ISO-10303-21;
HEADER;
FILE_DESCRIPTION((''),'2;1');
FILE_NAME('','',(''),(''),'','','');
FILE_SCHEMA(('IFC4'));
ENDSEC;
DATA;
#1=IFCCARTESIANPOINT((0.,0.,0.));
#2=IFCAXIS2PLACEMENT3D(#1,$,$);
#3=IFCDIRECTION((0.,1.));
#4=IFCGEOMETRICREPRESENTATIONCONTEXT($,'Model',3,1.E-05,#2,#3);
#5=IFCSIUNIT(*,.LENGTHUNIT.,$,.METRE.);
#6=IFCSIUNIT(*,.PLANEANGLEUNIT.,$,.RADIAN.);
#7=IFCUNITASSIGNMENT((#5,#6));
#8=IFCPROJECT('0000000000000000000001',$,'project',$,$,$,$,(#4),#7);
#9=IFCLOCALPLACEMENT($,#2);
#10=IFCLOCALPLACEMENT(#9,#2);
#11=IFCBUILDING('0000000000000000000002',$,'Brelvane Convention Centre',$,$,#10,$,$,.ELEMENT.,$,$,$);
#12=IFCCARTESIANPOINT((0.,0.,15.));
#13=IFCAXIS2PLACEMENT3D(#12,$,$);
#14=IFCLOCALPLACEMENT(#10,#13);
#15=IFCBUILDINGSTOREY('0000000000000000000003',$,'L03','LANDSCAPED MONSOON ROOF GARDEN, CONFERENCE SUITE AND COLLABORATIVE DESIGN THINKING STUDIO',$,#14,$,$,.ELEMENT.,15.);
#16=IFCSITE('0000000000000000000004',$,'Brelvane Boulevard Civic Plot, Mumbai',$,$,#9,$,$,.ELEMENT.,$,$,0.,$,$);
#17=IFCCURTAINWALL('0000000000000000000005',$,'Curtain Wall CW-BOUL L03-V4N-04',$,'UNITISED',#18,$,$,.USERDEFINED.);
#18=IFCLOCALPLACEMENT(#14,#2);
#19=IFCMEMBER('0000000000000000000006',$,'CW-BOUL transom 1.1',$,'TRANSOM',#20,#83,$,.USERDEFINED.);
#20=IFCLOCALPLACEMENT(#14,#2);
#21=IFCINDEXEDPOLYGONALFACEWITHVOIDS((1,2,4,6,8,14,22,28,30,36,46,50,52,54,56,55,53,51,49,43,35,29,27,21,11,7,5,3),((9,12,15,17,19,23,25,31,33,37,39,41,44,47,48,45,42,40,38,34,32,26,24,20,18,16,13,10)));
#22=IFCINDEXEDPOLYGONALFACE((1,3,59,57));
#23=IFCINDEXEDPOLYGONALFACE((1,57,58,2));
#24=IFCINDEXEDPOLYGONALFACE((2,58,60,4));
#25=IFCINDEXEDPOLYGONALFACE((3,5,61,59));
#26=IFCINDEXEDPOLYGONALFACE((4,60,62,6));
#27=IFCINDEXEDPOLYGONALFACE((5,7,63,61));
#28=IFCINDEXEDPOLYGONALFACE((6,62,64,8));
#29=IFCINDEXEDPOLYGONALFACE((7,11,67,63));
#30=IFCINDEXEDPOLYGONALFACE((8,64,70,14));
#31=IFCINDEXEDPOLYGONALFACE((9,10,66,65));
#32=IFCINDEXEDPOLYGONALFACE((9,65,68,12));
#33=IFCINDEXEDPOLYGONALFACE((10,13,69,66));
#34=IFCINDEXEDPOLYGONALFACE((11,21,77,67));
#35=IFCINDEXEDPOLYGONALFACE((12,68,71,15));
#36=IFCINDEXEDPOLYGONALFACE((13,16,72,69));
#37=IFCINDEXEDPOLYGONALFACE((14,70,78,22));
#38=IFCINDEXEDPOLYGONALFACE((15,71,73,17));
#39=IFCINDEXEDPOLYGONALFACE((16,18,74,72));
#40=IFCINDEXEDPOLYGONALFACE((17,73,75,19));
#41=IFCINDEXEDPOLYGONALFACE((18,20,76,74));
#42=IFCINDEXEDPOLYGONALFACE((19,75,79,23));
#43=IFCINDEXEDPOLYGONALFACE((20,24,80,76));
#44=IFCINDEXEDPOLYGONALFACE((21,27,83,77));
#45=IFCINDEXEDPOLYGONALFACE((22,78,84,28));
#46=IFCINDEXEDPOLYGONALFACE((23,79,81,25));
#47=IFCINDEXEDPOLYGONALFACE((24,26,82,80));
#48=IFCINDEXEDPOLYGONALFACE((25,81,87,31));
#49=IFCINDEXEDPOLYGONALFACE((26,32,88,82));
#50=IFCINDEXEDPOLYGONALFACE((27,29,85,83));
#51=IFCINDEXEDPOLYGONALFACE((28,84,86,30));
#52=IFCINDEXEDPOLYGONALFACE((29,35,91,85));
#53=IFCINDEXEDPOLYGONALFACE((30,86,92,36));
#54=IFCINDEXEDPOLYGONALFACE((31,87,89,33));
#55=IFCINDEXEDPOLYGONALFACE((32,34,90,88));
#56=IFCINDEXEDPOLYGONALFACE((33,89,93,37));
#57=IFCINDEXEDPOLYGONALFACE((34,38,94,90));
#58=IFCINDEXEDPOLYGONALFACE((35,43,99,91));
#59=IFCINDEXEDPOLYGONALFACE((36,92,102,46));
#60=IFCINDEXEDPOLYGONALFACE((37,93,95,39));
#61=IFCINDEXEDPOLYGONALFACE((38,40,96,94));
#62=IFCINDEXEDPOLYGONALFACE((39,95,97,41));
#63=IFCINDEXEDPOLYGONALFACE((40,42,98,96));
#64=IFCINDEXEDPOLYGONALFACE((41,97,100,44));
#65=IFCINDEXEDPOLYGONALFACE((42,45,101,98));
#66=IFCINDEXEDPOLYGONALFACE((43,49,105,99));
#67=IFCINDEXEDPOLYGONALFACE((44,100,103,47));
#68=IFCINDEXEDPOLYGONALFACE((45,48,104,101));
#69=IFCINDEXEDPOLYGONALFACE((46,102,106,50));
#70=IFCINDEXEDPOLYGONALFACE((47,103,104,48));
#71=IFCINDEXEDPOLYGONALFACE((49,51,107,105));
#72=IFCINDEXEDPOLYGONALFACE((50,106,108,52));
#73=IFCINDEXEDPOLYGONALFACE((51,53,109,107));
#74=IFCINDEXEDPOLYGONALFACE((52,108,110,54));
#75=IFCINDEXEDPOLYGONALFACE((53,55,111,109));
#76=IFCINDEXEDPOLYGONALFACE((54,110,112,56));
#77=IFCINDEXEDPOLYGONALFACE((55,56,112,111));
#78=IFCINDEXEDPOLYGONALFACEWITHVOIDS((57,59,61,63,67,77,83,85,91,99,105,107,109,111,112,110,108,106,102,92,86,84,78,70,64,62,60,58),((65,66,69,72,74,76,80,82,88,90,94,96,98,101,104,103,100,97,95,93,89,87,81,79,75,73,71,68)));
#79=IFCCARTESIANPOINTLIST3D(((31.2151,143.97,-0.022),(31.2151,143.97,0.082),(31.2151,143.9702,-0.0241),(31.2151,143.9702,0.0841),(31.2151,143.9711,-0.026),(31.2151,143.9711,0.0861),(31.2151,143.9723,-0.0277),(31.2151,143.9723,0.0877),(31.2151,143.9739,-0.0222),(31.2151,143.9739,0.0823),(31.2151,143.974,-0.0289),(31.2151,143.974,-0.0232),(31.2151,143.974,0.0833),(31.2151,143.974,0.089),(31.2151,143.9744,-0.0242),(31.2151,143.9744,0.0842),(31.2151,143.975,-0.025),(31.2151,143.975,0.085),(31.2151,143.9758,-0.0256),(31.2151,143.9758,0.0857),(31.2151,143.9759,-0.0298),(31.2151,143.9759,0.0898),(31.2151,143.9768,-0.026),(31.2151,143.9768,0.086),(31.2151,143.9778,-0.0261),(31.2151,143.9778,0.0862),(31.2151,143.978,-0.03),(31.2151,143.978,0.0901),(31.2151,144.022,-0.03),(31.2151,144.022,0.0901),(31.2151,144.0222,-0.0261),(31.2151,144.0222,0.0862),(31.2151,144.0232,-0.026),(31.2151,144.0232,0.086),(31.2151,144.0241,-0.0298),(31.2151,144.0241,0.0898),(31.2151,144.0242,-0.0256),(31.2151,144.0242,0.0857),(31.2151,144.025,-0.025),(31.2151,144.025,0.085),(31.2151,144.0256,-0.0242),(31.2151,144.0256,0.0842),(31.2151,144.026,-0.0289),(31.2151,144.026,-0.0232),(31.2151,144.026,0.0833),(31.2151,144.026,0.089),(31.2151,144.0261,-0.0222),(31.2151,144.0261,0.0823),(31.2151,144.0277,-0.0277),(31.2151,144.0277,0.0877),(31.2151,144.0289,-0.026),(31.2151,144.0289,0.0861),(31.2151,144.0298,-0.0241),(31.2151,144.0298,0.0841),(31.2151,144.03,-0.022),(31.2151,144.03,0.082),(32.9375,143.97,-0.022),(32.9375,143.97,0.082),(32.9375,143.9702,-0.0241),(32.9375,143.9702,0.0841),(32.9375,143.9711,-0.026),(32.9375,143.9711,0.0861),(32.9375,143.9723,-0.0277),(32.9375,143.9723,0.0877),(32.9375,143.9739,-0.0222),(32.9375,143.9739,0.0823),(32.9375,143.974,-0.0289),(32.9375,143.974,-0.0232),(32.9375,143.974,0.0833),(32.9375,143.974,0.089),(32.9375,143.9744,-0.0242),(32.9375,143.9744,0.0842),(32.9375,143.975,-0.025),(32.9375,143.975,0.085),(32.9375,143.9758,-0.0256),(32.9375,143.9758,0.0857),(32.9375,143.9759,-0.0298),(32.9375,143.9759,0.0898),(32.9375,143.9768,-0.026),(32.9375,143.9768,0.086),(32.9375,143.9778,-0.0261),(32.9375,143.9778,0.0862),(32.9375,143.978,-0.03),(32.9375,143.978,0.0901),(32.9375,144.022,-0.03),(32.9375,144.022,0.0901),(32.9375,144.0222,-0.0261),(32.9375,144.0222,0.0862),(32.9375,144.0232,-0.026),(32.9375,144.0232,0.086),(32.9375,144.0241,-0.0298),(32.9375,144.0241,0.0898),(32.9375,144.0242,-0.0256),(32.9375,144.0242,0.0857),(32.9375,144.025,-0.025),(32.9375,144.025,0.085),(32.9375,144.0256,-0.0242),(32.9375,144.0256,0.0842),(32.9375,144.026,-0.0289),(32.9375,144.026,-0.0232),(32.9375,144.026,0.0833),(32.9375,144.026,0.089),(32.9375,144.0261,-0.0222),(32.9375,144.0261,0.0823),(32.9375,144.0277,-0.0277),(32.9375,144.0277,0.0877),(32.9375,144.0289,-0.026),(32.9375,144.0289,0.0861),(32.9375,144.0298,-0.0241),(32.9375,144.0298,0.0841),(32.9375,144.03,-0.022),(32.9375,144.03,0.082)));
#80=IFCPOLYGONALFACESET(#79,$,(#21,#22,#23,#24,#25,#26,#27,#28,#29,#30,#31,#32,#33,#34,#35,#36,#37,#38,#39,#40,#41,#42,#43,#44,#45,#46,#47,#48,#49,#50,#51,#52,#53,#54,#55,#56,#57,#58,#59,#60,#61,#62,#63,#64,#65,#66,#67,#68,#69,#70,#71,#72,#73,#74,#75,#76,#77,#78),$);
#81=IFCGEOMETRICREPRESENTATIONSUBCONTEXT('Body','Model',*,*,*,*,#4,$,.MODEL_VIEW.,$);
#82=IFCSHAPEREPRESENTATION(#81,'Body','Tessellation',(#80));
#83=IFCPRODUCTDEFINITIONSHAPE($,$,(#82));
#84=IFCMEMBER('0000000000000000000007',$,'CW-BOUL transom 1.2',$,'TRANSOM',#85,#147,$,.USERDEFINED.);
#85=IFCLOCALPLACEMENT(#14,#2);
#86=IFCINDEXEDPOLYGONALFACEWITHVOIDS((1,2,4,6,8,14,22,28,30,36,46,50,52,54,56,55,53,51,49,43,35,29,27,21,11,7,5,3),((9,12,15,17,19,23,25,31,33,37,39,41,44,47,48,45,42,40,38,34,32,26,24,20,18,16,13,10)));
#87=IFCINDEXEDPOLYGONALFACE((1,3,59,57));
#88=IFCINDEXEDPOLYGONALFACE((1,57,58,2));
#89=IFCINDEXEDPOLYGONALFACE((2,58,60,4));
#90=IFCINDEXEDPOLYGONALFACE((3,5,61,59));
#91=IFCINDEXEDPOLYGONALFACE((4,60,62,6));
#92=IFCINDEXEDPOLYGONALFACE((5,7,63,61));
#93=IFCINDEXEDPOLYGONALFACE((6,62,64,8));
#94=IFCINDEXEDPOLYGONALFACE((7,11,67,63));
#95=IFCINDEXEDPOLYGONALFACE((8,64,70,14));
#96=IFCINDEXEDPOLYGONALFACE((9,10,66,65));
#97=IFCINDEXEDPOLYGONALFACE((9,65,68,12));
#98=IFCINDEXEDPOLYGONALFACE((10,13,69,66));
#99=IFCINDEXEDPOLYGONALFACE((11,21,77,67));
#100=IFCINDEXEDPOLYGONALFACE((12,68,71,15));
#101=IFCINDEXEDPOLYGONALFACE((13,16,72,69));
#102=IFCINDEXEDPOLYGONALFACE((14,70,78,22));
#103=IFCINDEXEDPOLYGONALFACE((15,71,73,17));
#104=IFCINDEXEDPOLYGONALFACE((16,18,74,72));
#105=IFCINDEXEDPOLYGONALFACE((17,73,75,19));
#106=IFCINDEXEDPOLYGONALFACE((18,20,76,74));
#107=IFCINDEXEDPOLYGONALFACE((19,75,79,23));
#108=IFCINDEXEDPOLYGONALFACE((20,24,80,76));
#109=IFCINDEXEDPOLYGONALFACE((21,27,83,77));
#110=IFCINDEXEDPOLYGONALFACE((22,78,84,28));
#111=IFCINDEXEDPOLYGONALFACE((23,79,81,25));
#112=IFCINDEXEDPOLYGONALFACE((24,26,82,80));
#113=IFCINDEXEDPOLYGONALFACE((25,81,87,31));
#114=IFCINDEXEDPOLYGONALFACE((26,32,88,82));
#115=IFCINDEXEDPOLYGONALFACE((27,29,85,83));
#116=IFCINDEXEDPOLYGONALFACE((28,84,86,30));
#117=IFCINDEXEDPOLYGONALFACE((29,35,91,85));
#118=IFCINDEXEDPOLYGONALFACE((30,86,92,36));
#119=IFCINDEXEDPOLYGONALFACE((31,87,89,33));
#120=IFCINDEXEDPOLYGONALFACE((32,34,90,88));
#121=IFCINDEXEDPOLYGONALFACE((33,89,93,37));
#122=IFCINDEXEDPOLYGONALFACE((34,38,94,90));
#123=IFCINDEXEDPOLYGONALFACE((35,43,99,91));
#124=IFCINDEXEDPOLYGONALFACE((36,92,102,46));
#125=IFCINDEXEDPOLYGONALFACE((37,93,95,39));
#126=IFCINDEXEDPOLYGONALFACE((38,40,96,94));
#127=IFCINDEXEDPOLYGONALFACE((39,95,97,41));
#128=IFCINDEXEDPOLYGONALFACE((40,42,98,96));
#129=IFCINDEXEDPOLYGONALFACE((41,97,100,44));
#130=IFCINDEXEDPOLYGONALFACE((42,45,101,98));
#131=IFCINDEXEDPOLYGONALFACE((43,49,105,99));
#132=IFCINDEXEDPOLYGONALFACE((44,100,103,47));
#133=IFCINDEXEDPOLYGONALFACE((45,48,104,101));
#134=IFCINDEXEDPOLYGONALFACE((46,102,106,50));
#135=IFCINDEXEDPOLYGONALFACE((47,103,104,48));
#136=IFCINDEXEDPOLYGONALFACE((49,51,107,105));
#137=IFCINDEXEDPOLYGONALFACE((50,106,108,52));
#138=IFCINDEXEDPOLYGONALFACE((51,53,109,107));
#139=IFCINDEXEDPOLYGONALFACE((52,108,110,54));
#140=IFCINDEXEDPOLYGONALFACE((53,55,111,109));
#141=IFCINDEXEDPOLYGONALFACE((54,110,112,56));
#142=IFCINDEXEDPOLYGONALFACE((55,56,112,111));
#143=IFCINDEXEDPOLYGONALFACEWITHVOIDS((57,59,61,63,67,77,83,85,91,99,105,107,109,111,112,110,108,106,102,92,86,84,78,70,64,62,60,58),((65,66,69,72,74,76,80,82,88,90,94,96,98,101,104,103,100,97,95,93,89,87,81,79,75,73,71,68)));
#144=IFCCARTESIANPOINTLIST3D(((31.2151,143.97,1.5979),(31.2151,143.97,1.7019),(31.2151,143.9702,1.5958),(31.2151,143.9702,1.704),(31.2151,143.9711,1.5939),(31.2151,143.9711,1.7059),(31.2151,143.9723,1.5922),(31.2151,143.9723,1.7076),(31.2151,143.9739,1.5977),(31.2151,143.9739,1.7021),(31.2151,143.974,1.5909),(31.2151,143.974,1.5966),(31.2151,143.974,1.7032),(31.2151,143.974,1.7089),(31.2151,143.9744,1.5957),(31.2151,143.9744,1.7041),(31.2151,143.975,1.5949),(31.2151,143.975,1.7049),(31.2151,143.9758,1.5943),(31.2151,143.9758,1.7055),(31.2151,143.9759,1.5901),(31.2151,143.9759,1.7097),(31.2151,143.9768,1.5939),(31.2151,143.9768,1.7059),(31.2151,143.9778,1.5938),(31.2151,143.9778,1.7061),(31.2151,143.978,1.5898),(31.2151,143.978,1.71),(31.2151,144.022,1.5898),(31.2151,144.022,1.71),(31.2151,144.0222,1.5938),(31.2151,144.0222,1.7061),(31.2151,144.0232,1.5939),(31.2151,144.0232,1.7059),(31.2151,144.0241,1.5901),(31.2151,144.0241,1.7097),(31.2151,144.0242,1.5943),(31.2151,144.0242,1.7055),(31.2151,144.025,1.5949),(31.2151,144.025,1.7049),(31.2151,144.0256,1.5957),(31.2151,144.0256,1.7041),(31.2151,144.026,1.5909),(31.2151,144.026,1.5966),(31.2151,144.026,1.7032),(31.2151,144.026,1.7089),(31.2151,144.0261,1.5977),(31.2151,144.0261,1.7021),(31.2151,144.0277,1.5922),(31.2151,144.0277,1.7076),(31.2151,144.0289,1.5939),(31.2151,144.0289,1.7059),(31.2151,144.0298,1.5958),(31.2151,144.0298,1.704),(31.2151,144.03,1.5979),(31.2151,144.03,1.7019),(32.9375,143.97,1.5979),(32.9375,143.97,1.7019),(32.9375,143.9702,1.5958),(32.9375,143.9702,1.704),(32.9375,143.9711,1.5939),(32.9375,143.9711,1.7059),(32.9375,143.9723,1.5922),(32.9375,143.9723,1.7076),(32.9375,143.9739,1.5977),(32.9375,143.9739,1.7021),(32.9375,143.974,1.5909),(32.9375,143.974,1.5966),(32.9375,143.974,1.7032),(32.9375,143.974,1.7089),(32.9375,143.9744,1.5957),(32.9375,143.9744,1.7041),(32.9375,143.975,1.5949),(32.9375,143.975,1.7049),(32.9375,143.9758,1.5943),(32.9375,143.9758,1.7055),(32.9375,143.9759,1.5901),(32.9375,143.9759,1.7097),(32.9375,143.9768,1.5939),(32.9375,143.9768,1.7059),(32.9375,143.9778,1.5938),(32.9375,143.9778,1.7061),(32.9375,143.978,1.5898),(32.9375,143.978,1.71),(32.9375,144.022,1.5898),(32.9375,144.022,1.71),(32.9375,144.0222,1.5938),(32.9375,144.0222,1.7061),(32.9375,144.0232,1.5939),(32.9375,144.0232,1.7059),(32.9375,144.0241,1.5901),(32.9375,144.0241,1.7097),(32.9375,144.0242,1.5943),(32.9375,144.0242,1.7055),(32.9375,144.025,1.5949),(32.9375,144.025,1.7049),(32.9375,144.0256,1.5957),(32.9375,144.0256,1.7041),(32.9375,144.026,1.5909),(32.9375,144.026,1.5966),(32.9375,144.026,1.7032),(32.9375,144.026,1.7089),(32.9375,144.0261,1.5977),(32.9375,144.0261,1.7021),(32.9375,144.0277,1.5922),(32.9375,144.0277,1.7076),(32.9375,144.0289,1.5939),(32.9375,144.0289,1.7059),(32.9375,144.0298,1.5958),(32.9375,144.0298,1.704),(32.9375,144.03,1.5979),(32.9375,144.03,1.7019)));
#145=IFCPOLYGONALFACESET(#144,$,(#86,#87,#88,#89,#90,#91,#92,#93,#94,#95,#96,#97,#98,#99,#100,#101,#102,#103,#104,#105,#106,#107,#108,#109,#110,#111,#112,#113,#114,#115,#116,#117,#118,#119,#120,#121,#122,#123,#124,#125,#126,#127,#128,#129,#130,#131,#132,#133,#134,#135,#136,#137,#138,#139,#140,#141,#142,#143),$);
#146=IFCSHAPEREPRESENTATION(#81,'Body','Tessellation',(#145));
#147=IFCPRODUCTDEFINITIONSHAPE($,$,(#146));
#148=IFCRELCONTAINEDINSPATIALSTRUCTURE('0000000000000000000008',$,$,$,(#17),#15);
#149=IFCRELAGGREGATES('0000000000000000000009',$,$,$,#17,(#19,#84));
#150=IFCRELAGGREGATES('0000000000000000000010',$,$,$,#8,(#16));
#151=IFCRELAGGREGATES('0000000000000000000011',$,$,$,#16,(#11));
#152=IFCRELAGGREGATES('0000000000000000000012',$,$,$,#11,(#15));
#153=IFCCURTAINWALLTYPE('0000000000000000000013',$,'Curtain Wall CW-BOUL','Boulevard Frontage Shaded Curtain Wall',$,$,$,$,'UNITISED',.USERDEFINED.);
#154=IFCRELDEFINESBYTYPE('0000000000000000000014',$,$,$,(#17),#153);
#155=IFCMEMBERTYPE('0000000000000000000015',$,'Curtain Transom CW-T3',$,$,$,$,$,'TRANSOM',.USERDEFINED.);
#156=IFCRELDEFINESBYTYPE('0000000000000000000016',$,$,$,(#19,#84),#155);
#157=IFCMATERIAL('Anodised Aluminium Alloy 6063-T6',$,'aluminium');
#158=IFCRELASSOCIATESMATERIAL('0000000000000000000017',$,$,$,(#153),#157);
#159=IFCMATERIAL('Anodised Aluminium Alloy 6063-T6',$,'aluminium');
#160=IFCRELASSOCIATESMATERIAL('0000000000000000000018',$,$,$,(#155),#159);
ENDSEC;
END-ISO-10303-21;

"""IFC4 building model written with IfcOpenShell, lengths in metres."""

from ifc_helpers import new_model, si_unit, direction, frame, origin, origin_2d, place, context, subcontext, project, spatial, hollow_rectangle, extrude, material, material_profile, profile_set, type_object, element, aggregate, save


model = new_model("IFC4")

# Units and contexts
model_context = context("Model", 3, precision=1e-05, world=origin(), true_north=direction((0.0, 1.0)))
body_context = subcontext(model_context, "Body", "Model", "MODEL_VIEW")
ifc_project = project(units=[si_unit("LENGTHUNIT", "METRE"), si_unit("PLANEANGLEUNIT", "RADIAN")], contexts=[model_context])

# Site, building, storey
site_placement = place(None, origin())
site = spatial("IfcSite", under=ifc_project, at=site_placement, Name="Brelvane Boulevard Civic Plot, Mumbai", CompositionType="ELEMENT", RefElevation=0.0)
building_placement = place(site_placement, origin())
building = spatial("IfcBuilding", under=site, at=building_placement, Name="Brelvane Convention Centre", CompositionType="ELEMENT")
storey_placement = place(building_placement, frame((0.0, 0.0, 15.0)))
storey = spatial("IfcBuildingStorey", under=building, at=storey_placement, Name="L03", Description="LANDSCAPED MONSOON ROOF GARDEN, CONFERENCE SUITE AND COLLABORATIVE DESIGN THINKING STUDIO", CompositionType="ELEMENT", Elevation=15.0)

# Curtain wall, members
ifc_material_1 = material(Name="Anodised Aluminium Alloy 6063-T6", Category="aluminium")
curtain_wall_type = type_object("IfcCurtainWallType", Name="Curtain Wall CW-BOUL", Description="Boulevard Frontage Shaded Curtain Wall", ElementType="UNITISED", PredefinedType="USERDEFINED", material=ifc_material_1)
curtain_wall_placement = place(storey_placement, origin())
curtain_wall = element("IfcCurtainWall", 1, at=curtain_wall_placement, inside=storey, type_object=curtain_wall_type, Name="Curtain Wall CW-BOUL L03-V4N-04", ObjectType="UNITISED", PredefinedType="USERDEFINED")
ifc_material_2 = material(Name="Anodised Aluminium Alloy 6063-T6", Category="aluminium")
ifc_material_profile_1 = material_profile(ifc_material_2, hollow_rectangle(XDim=0.0601, YDim=0.1201, WallThickness=0.0039, InnerFilletRadius=0.0039, OuterFilletRadius=0.0081, at=origin_2d()), Name="ALU-T 120x60x4.0")
ifc_profile_set_1 = profile_set([ifc_material_profile_1], Name="Anodised Aluminium Alloy 6063-T6")
member_type_1 = type_object("IfcMemberType", Name="Curtain Transom CW-T3", ElementType="TRANSOM", PredefinedType="USERDEFINED", material=ifc_profile_set_1)
member_1_placement = place(storey_placement, frame((31.2151, 144.0, 0.03), z_axis=(1.0, 0.0, 0.0), x_axis=(0.0, 1.0, 0.0)))
member_1 = element("IfcMember", 2, at=member_1_placement, type_object=member_type_1, Name="CW-BOUL transom 1.1", ObjectType="TRANSOM", PredefinedType="USERDEFINED", context=body_context, shape_type="SweptSolid", body=[
    extrude(hollow_rectangle(XDim=0.0601, YDim=0.1201, WallThickness=0.0039, InnerFilletRadius=0.0039, OuterFilletRadius=0.0081, at=origin_2d()), origin(), (0.0, 0.0, 1.0), 1.7224),
])
member_2_placement = place(storey_placement, frame((31.2151, 144.0, 1.6499), z_axis=(1.0, 0.0, 0.0), x_axis=(0.0, 1.0, 0.0)))
member_2 = element("IfcMember", 3, at=member_2_placement, type_object=member_type_1, Name="CW-BOUL transom 1.2", ObjectType="TRANSOM", PredefinedType="USERDEFINED", context=body_context, shape_type="SweptSolid", body=[
    extrude(hollow_rectangle(XDim=0.0601, YDim=0.1201, WallThickness=0.0039, InnerFilletRadius=0.0039, OuterFilletRadius=0.0081, at=origin_2d()), origin(), (0.0, 0.0, 1.0), 1.7224),
])

aggregate(curtain_wall, [member_1, member_2])

save(model, "model.ifc")
